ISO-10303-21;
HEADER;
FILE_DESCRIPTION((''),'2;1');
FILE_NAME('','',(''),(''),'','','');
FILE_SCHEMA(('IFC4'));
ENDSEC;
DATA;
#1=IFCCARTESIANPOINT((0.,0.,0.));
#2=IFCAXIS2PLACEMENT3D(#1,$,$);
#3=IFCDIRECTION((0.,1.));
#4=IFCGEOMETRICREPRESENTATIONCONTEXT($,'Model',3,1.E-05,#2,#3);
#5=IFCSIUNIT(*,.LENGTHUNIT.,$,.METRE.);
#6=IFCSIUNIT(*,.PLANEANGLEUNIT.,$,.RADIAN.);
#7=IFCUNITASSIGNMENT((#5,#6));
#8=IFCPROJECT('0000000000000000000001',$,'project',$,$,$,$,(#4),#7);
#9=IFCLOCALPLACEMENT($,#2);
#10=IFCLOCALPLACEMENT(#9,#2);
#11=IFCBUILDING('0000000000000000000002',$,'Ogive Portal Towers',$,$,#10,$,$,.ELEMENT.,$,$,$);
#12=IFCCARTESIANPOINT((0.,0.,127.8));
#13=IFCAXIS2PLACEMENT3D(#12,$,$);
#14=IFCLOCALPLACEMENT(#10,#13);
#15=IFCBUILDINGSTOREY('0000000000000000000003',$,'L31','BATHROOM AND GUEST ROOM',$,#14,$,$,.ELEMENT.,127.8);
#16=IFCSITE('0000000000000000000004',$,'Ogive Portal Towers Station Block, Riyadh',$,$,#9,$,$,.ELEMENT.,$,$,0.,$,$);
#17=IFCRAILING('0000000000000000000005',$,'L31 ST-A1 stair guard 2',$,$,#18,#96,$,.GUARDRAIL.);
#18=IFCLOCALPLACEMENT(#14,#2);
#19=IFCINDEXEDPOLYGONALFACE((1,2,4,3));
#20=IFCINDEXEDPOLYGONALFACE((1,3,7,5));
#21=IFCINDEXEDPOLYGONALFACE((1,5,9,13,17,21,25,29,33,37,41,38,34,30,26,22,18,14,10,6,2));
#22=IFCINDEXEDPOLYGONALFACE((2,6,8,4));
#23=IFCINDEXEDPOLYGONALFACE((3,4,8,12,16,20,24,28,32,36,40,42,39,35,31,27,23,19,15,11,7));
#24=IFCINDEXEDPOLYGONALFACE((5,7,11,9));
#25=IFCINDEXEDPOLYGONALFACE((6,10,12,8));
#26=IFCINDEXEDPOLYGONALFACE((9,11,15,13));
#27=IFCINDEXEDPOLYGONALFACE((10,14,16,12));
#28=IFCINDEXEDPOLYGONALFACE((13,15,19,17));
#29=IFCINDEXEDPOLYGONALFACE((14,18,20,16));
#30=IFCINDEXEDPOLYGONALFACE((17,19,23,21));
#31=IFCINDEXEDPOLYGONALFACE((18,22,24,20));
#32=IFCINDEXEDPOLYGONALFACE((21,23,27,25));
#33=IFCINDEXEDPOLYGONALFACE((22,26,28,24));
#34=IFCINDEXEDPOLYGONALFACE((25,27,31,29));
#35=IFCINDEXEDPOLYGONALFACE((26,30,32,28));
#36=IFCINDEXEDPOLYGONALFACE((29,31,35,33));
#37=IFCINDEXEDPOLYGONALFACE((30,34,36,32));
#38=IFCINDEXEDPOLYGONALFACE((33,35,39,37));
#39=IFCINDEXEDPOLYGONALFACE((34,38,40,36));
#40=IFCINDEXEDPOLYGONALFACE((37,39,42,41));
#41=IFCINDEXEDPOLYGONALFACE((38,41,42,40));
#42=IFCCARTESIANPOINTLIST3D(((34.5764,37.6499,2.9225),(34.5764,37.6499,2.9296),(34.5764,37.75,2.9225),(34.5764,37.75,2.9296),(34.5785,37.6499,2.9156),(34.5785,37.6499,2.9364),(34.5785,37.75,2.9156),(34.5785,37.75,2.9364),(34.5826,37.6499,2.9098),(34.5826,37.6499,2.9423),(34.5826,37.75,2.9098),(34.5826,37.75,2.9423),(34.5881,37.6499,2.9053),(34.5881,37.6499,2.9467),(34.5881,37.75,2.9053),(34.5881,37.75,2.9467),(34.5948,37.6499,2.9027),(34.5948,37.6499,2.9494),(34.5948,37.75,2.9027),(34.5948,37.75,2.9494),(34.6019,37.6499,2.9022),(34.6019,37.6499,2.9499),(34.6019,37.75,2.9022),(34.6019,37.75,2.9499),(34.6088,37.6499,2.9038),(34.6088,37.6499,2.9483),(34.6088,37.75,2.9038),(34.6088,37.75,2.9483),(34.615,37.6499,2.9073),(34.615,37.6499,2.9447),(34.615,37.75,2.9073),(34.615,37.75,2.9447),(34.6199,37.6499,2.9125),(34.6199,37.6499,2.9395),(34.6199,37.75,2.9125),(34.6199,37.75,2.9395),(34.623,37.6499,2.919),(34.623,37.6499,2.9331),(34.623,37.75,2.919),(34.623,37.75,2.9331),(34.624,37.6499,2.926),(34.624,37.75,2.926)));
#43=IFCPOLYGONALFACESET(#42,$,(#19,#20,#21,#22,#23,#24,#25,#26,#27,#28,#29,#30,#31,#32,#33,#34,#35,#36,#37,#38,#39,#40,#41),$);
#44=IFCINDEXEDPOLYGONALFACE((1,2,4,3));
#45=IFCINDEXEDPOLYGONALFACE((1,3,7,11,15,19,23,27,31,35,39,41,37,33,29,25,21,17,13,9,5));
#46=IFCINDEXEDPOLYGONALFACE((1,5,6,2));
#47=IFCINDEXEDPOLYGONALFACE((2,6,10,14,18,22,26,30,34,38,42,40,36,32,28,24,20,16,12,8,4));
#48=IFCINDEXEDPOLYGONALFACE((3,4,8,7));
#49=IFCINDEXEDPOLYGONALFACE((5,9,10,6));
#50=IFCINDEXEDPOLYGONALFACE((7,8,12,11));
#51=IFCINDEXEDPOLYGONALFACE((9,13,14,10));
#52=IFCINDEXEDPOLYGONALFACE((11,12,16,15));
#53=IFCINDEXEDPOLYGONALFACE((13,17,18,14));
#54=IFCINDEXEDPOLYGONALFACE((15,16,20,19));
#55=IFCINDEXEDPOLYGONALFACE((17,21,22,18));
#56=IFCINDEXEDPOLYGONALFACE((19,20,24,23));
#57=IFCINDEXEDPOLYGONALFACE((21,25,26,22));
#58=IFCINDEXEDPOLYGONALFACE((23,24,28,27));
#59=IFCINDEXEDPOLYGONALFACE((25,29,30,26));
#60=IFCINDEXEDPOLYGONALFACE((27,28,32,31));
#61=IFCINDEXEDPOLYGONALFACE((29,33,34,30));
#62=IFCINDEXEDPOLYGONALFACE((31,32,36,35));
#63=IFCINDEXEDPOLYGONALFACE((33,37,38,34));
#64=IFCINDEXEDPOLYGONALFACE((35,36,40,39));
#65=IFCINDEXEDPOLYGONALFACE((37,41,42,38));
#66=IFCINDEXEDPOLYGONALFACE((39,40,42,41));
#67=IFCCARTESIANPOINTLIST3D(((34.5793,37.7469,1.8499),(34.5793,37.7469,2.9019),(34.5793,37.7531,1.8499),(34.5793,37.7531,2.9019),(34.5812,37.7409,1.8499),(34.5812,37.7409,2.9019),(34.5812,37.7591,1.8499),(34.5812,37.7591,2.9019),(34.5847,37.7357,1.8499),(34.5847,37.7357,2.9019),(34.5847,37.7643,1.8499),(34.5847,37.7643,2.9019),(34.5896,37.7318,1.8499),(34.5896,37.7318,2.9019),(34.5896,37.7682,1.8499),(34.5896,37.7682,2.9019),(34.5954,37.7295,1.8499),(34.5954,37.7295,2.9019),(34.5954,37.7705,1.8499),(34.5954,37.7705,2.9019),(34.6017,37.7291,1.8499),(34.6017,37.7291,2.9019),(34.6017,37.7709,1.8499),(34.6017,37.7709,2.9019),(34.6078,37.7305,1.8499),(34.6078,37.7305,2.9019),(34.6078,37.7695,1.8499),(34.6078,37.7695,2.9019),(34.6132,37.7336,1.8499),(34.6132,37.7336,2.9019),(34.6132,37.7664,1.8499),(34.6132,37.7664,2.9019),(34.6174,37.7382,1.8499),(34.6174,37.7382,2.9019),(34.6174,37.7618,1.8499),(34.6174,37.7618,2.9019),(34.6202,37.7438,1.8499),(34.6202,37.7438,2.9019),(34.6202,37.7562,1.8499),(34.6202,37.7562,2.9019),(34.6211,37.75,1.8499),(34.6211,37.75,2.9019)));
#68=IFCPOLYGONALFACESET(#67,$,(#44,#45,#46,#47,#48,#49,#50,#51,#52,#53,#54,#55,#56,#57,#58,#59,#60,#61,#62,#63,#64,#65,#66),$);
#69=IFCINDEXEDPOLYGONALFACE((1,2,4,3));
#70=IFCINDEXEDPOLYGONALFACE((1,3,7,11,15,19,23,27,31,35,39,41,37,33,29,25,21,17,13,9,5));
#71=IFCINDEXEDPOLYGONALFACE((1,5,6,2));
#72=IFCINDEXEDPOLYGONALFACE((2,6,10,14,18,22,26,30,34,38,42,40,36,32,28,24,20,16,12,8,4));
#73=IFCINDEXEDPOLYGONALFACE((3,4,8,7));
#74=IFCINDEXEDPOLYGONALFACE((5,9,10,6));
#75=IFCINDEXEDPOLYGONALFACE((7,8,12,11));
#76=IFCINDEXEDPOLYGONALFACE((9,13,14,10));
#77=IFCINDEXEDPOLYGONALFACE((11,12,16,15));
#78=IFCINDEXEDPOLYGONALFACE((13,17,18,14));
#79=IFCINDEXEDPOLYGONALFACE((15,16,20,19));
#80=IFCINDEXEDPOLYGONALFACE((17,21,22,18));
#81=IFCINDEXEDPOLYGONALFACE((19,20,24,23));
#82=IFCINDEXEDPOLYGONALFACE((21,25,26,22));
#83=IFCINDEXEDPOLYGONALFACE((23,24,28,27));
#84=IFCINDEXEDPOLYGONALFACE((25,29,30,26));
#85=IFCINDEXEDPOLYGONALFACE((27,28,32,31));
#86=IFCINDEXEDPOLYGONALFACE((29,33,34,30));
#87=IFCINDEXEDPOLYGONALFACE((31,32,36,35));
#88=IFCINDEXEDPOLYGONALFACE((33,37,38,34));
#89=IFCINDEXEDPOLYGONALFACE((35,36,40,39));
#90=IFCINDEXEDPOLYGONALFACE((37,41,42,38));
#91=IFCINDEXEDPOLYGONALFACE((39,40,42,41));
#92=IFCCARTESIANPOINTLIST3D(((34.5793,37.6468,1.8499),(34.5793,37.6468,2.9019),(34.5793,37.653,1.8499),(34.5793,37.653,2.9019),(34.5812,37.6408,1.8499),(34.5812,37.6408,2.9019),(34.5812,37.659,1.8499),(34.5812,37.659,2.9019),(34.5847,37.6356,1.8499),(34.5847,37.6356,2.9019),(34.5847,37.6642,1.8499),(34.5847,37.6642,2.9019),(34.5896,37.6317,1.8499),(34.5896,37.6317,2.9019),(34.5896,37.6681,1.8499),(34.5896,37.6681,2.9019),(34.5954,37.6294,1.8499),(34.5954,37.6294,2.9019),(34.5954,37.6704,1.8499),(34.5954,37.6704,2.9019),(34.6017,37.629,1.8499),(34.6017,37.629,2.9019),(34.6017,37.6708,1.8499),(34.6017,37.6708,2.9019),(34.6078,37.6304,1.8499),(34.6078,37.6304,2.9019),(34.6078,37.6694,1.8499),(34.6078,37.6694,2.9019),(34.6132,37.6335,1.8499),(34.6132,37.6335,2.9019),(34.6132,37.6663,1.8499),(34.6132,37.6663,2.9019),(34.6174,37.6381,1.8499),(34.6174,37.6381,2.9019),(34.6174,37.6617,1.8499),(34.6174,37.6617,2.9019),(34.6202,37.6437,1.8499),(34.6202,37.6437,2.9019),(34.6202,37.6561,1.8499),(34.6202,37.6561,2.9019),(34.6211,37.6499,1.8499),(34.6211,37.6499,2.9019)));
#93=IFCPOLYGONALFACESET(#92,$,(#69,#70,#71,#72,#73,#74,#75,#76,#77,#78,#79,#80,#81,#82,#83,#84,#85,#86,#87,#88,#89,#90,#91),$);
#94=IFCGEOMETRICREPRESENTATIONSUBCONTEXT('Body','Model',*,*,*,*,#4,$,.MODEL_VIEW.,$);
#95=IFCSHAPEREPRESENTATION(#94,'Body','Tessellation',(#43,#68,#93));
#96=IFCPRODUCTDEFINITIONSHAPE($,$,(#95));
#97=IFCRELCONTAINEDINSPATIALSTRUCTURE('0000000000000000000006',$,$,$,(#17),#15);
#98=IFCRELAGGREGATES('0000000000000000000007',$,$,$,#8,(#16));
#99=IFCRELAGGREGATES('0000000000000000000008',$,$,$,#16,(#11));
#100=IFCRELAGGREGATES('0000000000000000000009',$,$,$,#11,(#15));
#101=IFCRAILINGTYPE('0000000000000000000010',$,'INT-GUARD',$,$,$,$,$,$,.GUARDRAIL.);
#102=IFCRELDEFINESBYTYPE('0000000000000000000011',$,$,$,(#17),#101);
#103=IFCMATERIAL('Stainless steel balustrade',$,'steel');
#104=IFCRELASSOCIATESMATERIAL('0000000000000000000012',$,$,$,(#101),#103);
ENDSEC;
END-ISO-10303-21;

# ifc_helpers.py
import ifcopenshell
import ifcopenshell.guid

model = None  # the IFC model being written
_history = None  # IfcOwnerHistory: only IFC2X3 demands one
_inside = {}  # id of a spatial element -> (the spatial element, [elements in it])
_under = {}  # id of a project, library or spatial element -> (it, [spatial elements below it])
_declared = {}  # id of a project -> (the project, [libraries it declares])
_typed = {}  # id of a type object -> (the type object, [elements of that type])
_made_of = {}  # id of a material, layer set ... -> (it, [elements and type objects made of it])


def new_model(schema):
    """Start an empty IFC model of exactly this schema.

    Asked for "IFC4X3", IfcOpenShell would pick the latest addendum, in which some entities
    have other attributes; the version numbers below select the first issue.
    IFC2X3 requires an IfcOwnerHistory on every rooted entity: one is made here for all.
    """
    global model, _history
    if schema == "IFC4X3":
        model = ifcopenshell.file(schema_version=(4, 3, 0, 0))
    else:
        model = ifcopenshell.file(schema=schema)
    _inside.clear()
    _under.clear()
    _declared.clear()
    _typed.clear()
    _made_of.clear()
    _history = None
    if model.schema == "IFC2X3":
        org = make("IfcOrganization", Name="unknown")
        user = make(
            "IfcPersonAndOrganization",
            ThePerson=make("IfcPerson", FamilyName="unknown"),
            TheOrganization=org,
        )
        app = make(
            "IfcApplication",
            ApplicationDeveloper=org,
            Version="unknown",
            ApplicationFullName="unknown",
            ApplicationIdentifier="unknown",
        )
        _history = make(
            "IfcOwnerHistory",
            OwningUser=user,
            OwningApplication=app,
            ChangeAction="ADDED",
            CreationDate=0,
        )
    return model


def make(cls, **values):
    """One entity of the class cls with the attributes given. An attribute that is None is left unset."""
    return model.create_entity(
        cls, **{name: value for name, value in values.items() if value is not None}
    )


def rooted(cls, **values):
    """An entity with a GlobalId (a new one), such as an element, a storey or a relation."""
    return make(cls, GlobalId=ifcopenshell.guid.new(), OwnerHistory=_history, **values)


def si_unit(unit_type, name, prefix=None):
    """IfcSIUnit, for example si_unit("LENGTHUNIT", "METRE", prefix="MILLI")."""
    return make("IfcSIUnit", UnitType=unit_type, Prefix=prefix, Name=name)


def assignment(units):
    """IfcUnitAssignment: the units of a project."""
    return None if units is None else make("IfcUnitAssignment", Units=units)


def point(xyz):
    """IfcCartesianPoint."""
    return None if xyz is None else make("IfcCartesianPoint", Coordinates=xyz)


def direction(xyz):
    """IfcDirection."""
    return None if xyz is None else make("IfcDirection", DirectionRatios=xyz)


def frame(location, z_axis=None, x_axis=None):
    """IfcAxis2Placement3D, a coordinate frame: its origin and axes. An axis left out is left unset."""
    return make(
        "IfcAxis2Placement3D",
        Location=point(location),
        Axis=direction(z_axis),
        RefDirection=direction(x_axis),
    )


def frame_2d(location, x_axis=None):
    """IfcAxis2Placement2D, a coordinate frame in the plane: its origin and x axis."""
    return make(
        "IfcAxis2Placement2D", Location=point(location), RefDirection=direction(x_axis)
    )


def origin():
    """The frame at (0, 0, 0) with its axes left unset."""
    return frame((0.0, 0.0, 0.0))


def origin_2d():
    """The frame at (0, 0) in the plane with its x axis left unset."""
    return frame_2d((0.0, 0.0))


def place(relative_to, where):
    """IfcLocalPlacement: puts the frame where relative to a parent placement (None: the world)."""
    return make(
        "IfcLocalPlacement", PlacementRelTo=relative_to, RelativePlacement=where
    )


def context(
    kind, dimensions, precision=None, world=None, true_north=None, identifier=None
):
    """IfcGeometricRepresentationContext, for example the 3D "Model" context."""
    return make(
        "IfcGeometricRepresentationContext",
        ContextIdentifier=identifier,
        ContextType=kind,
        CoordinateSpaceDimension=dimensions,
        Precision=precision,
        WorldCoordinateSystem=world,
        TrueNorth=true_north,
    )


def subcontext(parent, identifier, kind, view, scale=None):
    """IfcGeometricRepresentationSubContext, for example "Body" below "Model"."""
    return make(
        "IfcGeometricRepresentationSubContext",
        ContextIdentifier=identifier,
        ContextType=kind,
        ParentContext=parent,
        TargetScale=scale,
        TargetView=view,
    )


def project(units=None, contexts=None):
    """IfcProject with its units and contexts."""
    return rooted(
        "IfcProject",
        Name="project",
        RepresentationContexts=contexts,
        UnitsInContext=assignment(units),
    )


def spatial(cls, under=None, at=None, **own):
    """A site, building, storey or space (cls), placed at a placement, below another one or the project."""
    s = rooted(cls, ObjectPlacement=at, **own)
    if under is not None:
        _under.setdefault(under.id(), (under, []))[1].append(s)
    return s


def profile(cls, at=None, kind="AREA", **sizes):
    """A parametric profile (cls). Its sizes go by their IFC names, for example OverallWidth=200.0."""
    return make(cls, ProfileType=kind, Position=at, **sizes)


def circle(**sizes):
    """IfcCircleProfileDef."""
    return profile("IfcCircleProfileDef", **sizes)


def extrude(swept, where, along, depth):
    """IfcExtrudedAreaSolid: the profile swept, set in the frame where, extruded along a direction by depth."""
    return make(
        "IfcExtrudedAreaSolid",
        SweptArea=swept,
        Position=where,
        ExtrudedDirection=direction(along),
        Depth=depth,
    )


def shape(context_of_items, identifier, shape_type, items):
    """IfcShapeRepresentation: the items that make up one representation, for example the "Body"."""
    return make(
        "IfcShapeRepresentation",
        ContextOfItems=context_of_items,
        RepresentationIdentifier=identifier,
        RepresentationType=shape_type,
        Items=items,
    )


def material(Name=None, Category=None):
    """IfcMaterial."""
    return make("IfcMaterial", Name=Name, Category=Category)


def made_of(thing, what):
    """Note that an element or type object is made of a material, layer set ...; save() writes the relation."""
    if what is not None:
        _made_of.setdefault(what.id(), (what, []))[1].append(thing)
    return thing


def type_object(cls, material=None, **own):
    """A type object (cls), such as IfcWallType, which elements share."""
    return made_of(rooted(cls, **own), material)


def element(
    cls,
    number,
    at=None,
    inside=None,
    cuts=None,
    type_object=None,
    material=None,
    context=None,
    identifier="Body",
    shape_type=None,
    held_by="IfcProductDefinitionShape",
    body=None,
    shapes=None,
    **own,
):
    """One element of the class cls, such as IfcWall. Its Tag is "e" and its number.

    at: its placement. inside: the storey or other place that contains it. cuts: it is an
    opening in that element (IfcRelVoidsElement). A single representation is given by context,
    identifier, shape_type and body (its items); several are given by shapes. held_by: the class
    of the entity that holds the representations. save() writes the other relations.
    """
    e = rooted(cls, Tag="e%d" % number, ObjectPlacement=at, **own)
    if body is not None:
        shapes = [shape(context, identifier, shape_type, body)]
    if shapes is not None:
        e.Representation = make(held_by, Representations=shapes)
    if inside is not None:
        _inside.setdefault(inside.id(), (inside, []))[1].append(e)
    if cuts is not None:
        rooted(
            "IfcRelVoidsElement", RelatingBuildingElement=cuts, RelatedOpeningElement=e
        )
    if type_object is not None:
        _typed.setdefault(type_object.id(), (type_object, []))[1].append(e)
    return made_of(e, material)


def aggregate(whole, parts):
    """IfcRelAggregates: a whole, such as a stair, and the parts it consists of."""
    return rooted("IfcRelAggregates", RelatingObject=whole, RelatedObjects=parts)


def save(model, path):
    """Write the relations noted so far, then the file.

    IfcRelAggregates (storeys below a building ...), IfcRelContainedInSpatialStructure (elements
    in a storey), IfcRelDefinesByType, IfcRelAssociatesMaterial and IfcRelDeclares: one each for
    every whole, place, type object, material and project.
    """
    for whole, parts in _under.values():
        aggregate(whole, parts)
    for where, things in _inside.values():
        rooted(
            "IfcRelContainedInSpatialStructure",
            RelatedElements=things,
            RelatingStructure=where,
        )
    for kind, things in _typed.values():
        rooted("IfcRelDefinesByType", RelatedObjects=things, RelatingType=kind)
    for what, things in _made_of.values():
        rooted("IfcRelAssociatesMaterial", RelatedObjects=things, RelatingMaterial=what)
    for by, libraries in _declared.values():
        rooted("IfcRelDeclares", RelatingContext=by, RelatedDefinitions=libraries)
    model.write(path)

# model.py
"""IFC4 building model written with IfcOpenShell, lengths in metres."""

from ifc_helpers import new_model, si_unit, direction, frame, origin, origin_2d, place, context, subcontext, project, spatial, circle, extrude, material, type_object, element, save


model = new_model("IFC4")

# Units and contexts
model_context = context("Model", 3, precision=1e-05, world=origin(), true_north=direction((0.0, 1.0)))
body_context = subcontext(model_context, "Body", "Model", "MODEL_VIEW")
ifc_project = project(units=[si_unit("LENGTHUNIT", "METRE"), si_unit("PLANEANGLEUNIT", "RADIAN")], contexts=[model_context])

# Site, building, storey
site_placement = place(None, origin())
site = spatial("IfcSite", under=ifc_project, at=site_placement, Name="Ogive Portal Towers Station Block, Riyadh", CompositionType="ELEMENT", RefElevation=0.0)
building_placement = place(site_placement, origin())
building = spatial("IfcBuilding", under=site, at=building_placement, Name="Ogive Portal Towers", CompositionType="ELEMENT")
storey_placement = place(building_placement, frame((0.0, 0.0, 127.8)))
storey = spatial("IfcBuildingStorey", under=building, at=storey_placement, Name="L31", Description="BATHROOM AND GUEST ROOM", CompositionType="ELEMENT", Elevation=127.8)

# Railing
ifc_material_1 = material(Name="Stainless steel balustrade", Category="steel")
railing_type_1 = type_object("IfcRailingType", Name="INT-GUARD", PredefinedType="GUARDRAIL", material=ifc_material_1)
railing_1_placement = place(storey_placement, frame((34.6001, 37.75, 1.8499)))
element("IfcRailing", 1, at=railing_1_placement, inside=storey, type_object=railing_type_1, Name="L31 ST-A1 stair guard 2", PredefinedType="GUARDRAIL", context=body_context, shape_type="SweptSolid", body=[
    extrude(circle(Radius=0.0239, at=origin_2d()), frame((0.0, 0.0, 1.0762), z_axis=(0.0, -1.0, 0.0), x_axis=(1.0, 0.0, 0.0)), (0.0, 0.0, 1.0), 0.1001),
    extrude(circle(Radius=0.021, at=origin_2d()), origin(), (0.0, 0.0, 1.0), 1.052),
    extrude(circle(Radius=0.021, at=origin_2d()), frame((0.0, -0.1001, 0.0)), (0.0, 0.0, 1.0), 1.052),
])

save(model, "model.ifc")
